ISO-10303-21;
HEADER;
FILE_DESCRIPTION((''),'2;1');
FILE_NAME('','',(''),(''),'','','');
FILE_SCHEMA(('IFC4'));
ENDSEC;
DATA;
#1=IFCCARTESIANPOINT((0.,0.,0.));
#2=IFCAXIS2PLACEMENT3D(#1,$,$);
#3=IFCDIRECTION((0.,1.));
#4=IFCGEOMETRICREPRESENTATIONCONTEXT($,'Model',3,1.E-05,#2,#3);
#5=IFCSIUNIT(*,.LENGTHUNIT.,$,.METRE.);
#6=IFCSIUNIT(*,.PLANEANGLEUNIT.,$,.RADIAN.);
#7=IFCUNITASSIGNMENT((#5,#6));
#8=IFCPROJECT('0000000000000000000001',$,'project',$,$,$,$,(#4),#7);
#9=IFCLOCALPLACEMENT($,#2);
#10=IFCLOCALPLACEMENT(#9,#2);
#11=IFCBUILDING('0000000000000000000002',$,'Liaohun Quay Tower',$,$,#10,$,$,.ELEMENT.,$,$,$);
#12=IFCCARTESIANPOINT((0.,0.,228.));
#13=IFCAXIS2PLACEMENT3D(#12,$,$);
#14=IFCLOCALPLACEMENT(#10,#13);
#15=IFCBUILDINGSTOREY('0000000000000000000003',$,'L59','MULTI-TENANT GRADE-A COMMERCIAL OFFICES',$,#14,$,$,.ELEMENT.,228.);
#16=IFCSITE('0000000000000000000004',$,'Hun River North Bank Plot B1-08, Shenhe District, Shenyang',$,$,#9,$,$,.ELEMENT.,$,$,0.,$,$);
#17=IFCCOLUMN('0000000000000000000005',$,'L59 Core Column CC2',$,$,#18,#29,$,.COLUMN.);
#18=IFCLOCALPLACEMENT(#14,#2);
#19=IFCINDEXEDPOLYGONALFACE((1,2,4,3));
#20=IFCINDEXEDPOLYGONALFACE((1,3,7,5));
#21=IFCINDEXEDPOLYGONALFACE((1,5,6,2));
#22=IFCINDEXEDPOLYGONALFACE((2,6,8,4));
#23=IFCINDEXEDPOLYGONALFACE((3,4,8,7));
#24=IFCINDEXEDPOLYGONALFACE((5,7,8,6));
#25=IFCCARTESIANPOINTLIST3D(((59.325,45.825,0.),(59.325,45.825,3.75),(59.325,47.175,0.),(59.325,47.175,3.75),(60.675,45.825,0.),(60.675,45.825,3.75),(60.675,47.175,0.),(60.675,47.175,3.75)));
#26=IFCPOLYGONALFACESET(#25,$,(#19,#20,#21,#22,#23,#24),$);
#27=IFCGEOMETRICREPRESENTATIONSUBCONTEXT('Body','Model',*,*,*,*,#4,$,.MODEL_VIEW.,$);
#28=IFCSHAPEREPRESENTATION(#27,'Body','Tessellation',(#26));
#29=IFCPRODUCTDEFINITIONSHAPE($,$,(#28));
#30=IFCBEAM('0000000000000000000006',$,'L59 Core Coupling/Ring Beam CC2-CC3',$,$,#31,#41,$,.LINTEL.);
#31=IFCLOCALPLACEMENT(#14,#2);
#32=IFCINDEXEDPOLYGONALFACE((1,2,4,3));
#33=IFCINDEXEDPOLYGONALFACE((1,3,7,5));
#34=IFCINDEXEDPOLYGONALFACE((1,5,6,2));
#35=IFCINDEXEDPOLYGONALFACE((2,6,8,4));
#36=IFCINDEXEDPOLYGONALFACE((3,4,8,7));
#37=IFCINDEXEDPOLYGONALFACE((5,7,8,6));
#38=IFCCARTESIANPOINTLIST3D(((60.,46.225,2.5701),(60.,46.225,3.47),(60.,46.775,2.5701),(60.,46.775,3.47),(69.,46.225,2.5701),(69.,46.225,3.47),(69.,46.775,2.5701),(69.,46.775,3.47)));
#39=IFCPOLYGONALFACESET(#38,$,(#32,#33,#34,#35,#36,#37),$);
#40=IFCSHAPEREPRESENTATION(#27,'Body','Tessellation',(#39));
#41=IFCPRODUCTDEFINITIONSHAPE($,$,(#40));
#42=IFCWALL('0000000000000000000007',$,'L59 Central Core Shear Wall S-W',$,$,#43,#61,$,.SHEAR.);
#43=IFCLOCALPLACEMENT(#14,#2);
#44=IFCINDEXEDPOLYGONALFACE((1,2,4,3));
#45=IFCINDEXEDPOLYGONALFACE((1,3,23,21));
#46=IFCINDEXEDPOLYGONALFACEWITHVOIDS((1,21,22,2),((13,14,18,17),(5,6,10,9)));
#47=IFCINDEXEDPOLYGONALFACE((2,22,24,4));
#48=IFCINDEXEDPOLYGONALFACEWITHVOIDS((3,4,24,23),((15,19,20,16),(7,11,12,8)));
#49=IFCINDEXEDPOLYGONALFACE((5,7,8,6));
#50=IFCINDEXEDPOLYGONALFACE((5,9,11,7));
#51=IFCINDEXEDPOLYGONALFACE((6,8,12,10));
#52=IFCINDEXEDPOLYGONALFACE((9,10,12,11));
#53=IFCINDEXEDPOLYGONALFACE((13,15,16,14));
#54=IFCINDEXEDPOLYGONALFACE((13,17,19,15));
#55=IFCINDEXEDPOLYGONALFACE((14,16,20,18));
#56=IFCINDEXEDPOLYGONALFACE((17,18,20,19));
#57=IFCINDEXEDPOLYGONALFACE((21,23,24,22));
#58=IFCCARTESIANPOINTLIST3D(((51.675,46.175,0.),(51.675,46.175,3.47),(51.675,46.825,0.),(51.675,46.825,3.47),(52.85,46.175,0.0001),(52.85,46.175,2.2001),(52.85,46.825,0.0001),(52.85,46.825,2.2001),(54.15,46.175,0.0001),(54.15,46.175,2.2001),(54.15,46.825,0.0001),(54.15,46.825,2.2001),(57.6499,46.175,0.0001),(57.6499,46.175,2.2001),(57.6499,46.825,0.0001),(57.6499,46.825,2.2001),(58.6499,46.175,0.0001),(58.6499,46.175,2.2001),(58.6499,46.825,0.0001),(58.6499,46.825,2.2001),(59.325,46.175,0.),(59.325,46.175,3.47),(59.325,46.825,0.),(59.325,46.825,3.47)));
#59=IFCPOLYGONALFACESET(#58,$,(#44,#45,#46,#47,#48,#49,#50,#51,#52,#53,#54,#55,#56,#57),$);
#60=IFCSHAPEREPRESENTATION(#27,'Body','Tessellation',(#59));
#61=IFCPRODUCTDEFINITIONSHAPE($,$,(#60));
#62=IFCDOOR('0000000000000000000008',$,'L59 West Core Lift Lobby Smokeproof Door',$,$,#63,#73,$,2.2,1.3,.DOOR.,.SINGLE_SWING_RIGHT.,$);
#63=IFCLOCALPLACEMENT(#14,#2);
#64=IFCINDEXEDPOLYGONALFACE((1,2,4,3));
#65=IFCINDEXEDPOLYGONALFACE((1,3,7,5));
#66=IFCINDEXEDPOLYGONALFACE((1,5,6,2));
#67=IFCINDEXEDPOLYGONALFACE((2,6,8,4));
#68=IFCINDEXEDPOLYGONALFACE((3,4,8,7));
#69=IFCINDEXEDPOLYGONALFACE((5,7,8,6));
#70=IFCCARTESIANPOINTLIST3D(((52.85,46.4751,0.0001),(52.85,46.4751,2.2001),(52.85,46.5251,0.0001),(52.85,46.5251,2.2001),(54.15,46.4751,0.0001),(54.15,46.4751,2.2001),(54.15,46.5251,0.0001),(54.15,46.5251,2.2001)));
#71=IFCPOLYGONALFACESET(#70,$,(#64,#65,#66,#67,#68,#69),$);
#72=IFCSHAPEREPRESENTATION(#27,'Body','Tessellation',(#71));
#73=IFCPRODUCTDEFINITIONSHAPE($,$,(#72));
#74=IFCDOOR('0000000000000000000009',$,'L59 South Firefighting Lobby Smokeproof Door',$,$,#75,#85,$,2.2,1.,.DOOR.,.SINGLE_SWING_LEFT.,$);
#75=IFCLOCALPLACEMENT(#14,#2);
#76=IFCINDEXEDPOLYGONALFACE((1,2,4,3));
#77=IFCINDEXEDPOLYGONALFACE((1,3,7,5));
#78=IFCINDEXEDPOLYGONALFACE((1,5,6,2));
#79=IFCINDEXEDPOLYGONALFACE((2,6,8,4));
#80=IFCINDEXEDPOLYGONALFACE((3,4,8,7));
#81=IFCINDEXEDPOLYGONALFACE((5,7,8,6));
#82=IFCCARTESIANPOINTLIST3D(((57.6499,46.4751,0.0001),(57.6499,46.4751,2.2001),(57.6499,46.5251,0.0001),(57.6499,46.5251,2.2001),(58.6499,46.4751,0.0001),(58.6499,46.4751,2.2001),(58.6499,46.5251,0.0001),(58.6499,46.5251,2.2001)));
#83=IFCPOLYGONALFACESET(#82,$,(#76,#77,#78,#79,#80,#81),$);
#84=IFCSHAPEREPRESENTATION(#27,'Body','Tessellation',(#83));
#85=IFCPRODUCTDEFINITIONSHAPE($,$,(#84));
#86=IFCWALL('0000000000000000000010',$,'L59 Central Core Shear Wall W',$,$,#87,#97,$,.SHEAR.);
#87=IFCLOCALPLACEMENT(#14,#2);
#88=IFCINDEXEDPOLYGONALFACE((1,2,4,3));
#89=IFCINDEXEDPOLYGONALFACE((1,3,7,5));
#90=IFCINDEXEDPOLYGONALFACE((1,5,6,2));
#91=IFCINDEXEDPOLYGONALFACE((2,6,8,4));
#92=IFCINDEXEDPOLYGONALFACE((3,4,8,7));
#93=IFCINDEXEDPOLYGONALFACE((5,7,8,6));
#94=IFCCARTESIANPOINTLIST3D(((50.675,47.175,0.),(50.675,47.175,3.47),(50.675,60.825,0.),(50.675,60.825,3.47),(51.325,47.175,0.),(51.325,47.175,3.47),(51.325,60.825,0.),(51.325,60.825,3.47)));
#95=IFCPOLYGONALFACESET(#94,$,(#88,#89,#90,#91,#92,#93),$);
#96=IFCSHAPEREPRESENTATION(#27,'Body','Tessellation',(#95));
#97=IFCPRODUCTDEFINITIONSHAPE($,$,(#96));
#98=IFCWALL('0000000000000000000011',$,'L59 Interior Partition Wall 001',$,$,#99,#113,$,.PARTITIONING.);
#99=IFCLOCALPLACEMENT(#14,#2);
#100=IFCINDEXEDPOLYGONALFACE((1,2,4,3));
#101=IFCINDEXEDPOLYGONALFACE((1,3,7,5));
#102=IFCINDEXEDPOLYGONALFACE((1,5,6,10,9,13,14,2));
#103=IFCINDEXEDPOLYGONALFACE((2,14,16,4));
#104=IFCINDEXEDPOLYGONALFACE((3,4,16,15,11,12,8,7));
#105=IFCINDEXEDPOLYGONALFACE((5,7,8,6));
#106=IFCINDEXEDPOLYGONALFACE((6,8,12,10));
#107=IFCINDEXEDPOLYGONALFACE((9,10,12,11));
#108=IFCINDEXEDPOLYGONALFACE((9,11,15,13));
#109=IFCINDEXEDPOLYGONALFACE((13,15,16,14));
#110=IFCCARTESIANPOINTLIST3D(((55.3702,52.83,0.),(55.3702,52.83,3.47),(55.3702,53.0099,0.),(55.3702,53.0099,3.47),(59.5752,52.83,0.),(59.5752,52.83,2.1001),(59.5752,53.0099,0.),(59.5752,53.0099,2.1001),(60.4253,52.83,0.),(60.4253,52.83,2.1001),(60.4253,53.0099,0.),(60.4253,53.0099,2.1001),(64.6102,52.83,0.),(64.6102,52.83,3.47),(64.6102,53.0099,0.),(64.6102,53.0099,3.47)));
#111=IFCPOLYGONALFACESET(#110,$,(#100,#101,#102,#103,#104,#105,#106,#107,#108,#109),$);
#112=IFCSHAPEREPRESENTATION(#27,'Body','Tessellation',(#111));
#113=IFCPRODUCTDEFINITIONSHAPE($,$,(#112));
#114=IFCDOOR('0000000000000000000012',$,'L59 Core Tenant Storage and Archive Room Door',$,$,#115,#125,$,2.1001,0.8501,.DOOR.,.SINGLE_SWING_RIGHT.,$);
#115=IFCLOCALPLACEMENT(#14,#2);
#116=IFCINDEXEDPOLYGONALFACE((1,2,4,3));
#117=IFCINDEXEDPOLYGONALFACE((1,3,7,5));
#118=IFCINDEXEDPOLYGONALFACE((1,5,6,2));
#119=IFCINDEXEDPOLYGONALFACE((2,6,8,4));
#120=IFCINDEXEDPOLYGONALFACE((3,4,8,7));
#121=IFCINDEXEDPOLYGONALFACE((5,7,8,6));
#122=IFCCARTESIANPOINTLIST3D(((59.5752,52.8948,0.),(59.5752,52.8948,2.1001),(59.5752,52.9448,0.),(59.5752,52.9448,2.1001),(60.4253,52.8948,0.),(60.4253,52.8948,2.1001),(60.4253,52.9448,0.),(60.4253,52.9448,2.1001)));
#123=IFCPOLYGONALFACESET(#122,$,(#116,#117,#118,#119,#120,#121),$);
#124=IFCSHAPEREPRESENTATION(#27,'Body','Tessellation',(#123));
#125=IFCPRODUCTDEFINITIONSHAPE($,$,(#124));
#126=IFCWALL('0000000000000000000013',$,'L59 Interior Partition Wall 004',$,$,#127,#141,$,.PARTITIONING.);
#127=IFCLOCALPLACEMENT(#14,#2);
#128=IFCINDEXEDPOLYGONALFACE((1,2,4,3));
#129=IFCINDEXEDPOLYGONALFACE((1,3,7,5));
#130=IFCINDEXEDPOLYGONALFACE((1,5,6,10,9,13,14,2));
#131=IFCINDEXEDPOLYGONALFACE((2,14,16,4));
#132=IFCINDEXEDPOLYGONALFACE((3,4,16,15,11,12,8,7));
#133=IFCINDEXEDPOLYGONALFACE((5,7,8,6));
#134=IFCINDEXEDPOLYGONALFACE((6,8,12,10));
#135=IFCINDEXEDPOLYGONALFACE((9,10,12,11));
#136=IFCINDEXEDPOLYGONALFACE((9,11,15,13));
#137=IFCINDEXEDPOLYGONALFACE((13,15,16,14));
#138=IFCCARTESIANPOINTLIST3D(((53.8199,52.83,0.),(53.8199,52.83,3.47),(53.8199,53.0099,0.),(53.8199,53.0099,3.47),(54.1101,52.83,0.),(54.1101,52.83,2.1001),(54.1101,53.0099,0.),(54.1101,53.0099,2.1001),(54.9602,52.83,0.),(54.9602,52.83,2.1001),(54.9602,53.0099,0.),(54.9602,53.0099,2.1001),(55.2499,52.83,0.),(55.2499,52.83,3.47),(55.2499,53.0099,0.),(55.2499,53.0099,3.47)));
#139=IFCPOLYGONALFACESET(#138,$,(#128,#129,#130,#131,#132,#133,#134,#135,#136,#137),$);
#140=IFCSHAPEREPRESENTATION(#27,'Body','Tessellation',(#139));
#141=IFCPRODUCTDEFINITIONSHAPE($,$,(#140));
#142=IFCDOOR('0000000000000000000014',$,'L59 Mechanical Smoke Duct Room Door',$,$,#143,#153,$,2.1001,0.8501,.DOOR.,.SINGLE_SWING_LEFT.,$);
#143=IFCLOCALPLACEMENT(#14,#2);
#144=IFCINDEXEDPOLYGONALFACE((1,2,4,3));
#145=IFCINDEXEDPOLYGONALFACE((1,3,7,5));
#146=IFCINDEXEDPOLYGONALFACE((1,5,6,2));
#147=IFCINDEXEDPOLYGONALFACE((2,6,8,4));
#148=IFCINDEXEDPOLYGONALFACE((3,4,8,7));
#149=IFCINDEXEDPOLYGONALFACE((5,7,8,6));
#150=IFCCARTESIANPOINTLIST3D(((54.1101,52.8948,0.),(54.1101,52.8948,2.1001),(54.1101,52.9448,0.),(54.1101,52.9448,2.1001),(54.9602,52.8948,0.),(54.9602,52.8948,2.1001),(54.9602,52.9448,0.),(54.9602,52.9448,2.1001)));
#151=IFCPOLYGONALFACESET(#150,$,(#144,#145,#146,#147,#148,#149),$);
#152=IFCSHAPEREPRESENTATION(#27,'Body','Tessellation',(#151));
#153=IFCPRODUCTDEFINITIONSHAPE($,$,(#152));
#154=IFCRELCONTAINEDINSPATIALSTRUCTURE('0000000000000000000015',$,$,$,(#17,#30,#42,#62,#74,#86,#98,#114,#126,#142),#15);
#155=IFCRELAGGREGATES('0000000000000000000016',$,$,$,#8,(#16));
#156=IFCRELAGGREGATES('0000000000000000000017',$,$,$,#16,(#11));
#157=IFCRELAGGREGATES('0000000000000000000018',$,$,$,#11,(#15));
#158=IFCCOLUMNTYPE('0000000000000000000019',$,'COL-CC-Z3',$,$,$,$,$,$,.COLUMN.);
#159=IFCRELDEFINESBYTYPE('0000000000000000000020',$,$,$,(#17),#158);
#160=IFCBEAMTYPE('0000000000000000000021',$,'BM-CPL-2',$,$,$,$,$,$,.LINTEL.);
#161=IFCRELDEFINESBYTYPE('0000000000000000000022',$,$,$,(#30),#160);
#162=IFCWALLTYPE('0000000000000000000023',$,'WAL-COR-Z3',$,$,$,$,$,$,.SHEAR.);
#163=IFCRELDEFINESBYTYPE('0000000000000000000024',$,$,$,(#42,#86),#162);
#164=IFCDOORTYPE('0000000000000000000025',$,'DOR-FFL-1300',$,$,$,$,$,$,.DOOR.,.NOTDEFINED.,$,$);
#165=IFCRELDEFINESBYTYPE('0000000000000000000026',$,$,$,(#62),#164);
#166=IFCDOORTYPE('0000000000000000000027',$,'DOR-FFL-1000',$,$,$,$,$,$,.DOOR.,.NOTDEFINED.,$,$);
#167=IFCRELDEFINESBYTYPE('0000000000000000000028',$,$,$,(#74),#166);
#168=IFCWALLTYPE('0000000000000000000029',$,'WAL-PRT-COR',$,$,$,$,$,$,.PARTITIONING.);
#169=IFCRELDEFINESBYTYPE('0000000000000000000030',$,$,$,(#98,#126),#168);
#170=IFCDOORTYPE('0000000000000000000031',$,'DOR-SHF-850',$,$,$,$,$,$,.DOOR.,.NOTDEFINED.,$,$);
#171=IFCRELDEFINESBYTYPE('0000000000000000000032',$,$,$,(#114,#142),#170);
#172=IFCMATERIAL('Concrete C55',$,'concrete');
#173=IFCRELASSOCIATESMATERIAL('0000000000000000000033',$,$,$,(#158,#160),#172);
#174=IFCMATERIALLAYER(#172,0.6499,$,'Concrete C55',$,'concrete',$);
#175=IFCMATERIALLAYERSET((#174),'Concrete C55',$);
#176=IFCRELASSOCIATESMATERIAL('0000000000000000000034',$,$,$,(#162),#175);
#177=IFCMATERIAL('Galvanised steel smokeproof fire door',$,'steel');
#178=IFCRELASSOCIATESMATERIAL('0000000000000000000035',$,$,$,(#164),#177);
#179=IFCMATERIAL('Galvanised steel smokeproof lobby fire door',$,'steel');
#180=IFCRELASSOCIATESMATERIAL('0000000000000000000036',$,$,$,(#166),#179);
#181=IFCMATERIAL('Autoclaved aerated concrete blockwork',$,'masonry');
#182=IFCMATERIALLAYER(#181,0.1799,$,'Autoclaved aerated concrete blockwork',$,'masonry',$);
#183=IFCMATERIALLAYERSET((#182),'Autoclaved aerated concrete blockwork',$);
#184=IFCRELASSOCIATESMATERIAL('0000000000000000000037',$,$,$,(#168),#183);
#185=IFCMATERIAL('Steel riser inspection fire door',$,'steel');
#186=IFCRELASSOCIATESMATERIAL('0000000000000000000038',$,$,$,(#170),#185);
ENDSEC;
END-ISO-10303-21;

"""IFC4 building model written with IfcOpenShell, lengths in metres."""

from ifc_helpers import new_model, si_unit, direction, frame, frame_2d, origin, origin_2d, place, context, subcontext, project, spatial, rectangle, extrude, source, transform, mapped, material, layer, layer_set, material_profile, profile_set, type_object, element, fill, save


model = new_model("IFC4")

# Units and contexts
model_context = context("Model", 3, precision=1e-05, world=origin(), true_north=direction((0.0, 1.0)))
body_context = subcontext(model_context, "Body", "Model", "MODEL_VIEW")
ifc_project = project(units=[si_unit("LENGTHUNIT", "METRE"), si_unit("PLANEANGLEUNIT", "RADIAN")], contexts=[model_context])

# Site, building, storey
site_placement = place(None, origin())
site = spatial("IfcSite", under=ifc_project, at=site_placement, Name="Hun River North Bank Plot B1-08, Shenhe District, Shenyang", CompositionType="ELEMENT", RefElevation=0.0)
building_placement = place(site_placement, origin())
building = spatial("IfcBuilding", under=site, at=building_placement, Name="Liaohun Quay Tower", CompositionType="ELEMENT")
storey_placement = place(building_placement, frame((0.0, 0.0, 228.0)))
storey = spatial("IfcBuildingStorey", under=building, at=storey_placement, Name="L59", Description="MULTI-TENANT GRADE-A COMMERCIAL OFFICES", CompositionType="ELEMENT", Elevation=228.0)

# Column
ifc_material_1 = material(Name="Concrete C55", Category="concrete")
ifc_material_profile_1 = material_profile(ifc_material_1, rectangle(XDim=1.3501, YDim=1.3501, at=origin_2d()), Name="RC1350x1350")
ifc_profile_set_1 = profile_set([ifc_material_profile_1], Name="Concrete C55")
column_type = type_object("IfcColumnType", Name="COL-CC-Z3", PredefinedType="COLUMN", material=ifc_profile_set_1)
shared_shape_1 = source(origin(), body_context, "Body", "SweptSolid", [
    extrude(rectangle(XDim=1.3501, YDim=1.3501, at=origin_2d()), origin(), (0.0, 0.0, 1.0), 3.75),
])
column_placement = place(storey_placement, frame((60.0, 46.5, 0.0), z_axis=(0.0, 0.0, 1.0), x_axis=(1.0, 0.0, 0.0)))
element("IfcColumn", 1, at=column_placement, inside=storey, type_object=column_type, Name="L59 Core Column CC2", PredefinedType="COLUMN", context=body_context, shape_type="MappedRepresentation", body=[
    mapped(shared_shape_1, transform((0.0, 0.0, 0.0), x_axis=(1.0, 0.0, 0.0), y_axis=(0.0, 1.0, 0.0), z_axis=(0.0, 0.0, 1.0), scale=1.0)),
])

# Beam
ifc_material_profile_2 = material_profile(ifc_material_1, rectangle(XDim=0.55, YDim=0.8999, at=origin_2d()), Name="RC550x900")
ifc_profile_set_2 = profile_set([ifc_material_profile_2], Name="Concrete C55")
beam_type = type_object("IfcBeamType", Name="BM-CPL-2", PredefinedType="LINTEL", material=ifc_profile_set_2)
shared_shape_2 = source(origin(), body_context, "Body", "SweptSolid", [
    extrude(rectangle(XDim=0.55, YDim=0.8999, at=origin_2d()), origin(), (0.0, 0.0, 1.0), 9.0),
])
beam_placement = place(storey_placement, frame((60.0, 46.5, 3.02), z_axis=(1.0, 0.0, 0.0), x_axis=(0.0, 1.0, 0.0)))
element("IfcBeam", 2, at=beam_placement, inside=storey, type_object=beam_type, Name="L59 Core Coupling/Ring Beam CC2-CC3", PredefinedType="LINTEL", context=body_context, shape_type="MappedRepresentation", body=[
    mapped(shared_shape_2, transform((0.0, 0.0, 0.0), x_axis=(1.0, 0.0, 0.0), y_axis=(0.0, 1.0, 0.0), z_axis=(0.0, 0.0, 1.0), scale=1.0)),
])

# Wall, openings, doors
ifc_layer_1 = layer(ifc_material_1, 0.6499, Name="Concrete C55", Category="concrete")
ifc_layer_set_1 = layer_set([ifc_layer_1], Name="Concrete C55")
wall_type_1 = type_object("IfcWallType", Name="WAL-COR-Z3", PredefinedType="SHEAR", material=ifc_layer_set_1)
wall_1_placement = place(storey_placement, frame((59.325, 46.5, 0.0), z_axis=(0.0, 0.0, 1.0), x_axis=(-1.0, 0.0, 0.0)))
wall_1 = element("IfcWall", 3, at=wall_1_placement, inside=storey, type_object=wall_type_1, Name="L59 Central Core Shear Wall S-W", PredefinedType="SHEAR", context=body_context, shape_type="SweptSolid", body=[
    extrude(rectangle(XDim=7.6499, YDim=0.6499, at=frame_2d((3.825, 0.0))), origin(), (0.0, 0.0, 1.0), 3.47),
])
shared_shape_3 = source(origin(), body_context, "Body", "SweptSolid", [
    extrude(rectangle(XDim=1.3, YDim=2.2, at=frame_2d((0.6499, 1.1001))), frame((0.0, 0.335, 0.0), z_axis=(0.0, -1.0, 0.0), x_axis=(1.0, 0.0, 0.0)), (0.0, 0.0, 1.0), 0.6699),
])
opening_1_placement = place(wall_1_placement, frame((5.175, 0.0, 0.0)))
opening_1 = element("IfcOpeningElement", 4, at=opening_1_placement, cuts=wall_1, PredefinedType="OPENING", context=body_context, shape_type="MappedRepresentation", body=[
    mapped(shared_shape_3, transform((0.0, 0.0, 0.0), x_axis=(1.0, 0.0, 0.0), y_axis=(0.0, 1.0, 0.0), z_axis=(0.0, 0.0, 1.0), scale=1.0)),
])
shared_shape_4 = source(origin(), body_context, "Body", "SweptSolid", [
    extrude(rectangle(XDim=1.0, YDim=2.2, at=frame_2d((0.5, 1.1001))), frame((0.0, 0.335, 0.0), z_axis=(0.0, -1.0, 0.0), x_axis=(1.0, 0.0, 0.0)), (0.0, 0.0, 1.0), 0.6699),
])
opening_2_placement = place(wall_1_placement, frame((0.675, 0.0, 0.0)))
opening_2 = element("IfcOpeningElement", 5, at=opening_2_placement, cuts=wall_1, PredefinedType="OPENING", context=body_context, shape_type="MappedRepresentation", body=[
    mapped(shared_shape_4, transform((0.0, 0.0, 0.0), x_axis=(1.0, 0.0, 0.0), y_axis=(0.0, 1.0, 0.0), z_axis=(0.0, 0.0, 1.0), scale=1.0)),
])
ifc_material_2 = material(Name="Galvanised steel smokeproof fire door", Category="steel")
door_type_1 = type_object("IfcDoorType", Name="DOR-FFL-1300", OperationType="NOTDEFINED", PredefinedType="DOOR", material=ifc_material_2)
shared_shape_5 = source(origin(), body_context, "Body", "SweptSolid", [
    extrude(rectangle(XDim=1.3, YDim=2.2, at=frame_2d((0.6499, 1.1001))), frame((0.0, 0.0249, 0.0), z_axis=(0.0, -1.0, 0.0), x_axis=(1.0, 0.0, 0.0)), (0.0, 0.0, 1.0), 0.05),
])
door_1_placement = place(opening_1_placement, origin())
door_1 = element("IfcDoor", 6, at=door_1_placement, inside=storey, type_object=door_type_1, Name="L59 West Core Lift Lobby Smokeproof Door", OperationType="SINGLE_SWING_RIGHT", OverallHeight=2.2, OverallWidth=1.3, PredefinedType="DOOR", context=body_context, shape_type="MappedRepresentation", body=[
    mapped(shared_shape_5, transform((0.0, 0.0, 0.0), x_axis=(1.0, 0.0, 0.0), y_axis=(0.0, 1.0, 0.0), z_axis=(0.0, 0.0, 1.0), scale=1.0)),
])
fill(opening_1, door_1)
ifc_material_3 = material(Name="Galvanised steel smokeproof lobby fire door", Category="steel")
door_type_2 = type_object("IfcDoorType", Name="DOR-FFL-1000", OperationType="NOTDEFINED", PredefinedType="DOOR", material=ifc_material_3)
shared_shape_6 = source(origin(), body_context, "Body", "SweptSolid", [
    extrude(rectangle(XDim=1.0, YDim=2.2, at=frame_2d((0.5, 1.1001))), frame((0.0, 0.0249, 0.0), z_axis=(0.0, -1.0, 0.0), x_axis=(1.0, 0.0, 0.0)), (0.0, 0.0, 1.0), 0.05),
])
door_2_placement = place(opening_2_placement, origin())
door_2 = element("IfcDoor", 7, at=door_2_placement, inside=storey, type_object=door_type_2, Name="L59 South Firefighting Lobby Smokeproof Door", OperationType="SINGLE_SWING_LEFT", OverallHeight=2.2, OverallWidth=1.0, PredefinedType="DOOR", context=body_context, shape_type="MappedRepresentation", body=[
    mapped(shared_shape_6, transform((0.0, 0.0, 0.0), x_axis=(1.0, 0.0, 0.0), y_axis=(0.0, 1.0, 0.0), z_axis=(0.0, 0.0, 1.0), scale=1.0)),
])
fill(opening_2, door_2)

# Wall
wall_2_placement = place(storey_placement, frame((51.0, 47.175, 0.0), z_axis=(0.0, 0.0, 1.0), x_axis=(0.0, 1.0, 0.0)))
element("IfcWall", 8, at=wall_2_placement, inside=storey, type_object=wall_type_1, Name="L59 Central Core Shear Wall W", PredefinedType="SHEAR", context=body_context, shape_type="SweptSolid", body=[
    extrude(rectangle(XDim=13.6499, YDim=0.6499, at=frame_2d((6.825, 0.0))), origin(), (0.0, 0.0, 1.0), 3.47),
])

# Walls, openings, doors
ifc_material_4 = material(Name="Autoclaved aerated concrete blockwork", Category="masonry")
ifc_layer_2 = layer(ifc_material_4, 0.1799, Name="Autoclaved aerated concrete blockwork", Category="masonry")
ifc_layer_set_2 = layer_set([ifc_layer_2], Name="Autoclaved aerated concrete blockwork")
wall_type_2 = type_object("IfcWallType", Name="WAL-PRT-COR", PredefinedType="PARTITIONING", material=ifc_layer_set_2)
wall_3_placement = place(storey_placement, frame((55.3701, 52.9199, 0.0), z_axis=(0.0, 0.0, 1.0), x_axis=(1.0, 0.0, 0.0)))
wall_3 = element("IfcWall", 9, at=wall_3_placement, inside=storey, type_object=wall_type_2, Name="L59 Interior Partition Wall 001", PredefinedType="PARTITIONING", context=body_context, shape_type="SweptSolid", body=[
    extrude(rectangle(XDim=9.24, YDim=0.1799, at=frame_2d((4.6201, 0.0))), origin(), (0.0, 0.0, 1.0), 3.47),
])
shared_shape_7 = source(origin(), body_context, "Body", "SweptSolid", [
    extrude(rectangle(XDim=0.8501, YDim=2.1001, at=frame_2d((0.425, 1.05))), frame((0.0, 0.0999, 0.0), z_axis=(0.0, -1.0, 0.0), x_axis=(1.0, 0.0, 0.0)), (0.0, 0.0, 1.0), 0.2),
])
opening_3_placement = place(wall_3_placement, frame((4.2051, 0.0, 0.0)))
opening_3 = element("IfcOpeningElement", 10, at=opening_3_placement, cuts=wall_3, PredefinedType="OPENING", context=body_context, shape_type="MappedRepresentation", body=[
    mapped(shared_shape_7, transform((0.0, 0.0, 0.0), x_axis=(1.0, 0.0, 0.0), y_axis=(0.0, 1.0, 0.0), z_axis=(0.0, 0.0, 1.0), scale=1.0)),
])
ifc_material_5 = material(Name="Steel riser inspection fire door", Category="steel")
door_type_3 = type_object("IfcDoorType", Name="DOR-SHF-850", OperationType="NOTDEFINED", PredefinedType="DOOR", material=ifc_material_5)
shared_shape_8 = source(origin(), body_context, "Body", "SweptSolid", [
    extrude(rectangle(XDim=0.8501, YDim=2.1001, at=frame_2d((0.425, 1.05))), frame((0.0, 0.0249, 0.0), z_axis=(0.0, -1.0, 0.0), x_axis=(1.0, 0.0, 0.0)), (0.0, 0.0, 1.0), 0.05),
])
door_3_placement = place(opening_3_placement, origin())
door_3 = element("IfcDoor", 11, at=door_3_placement, inside=storey, type_object=door_type_3, Name="L59 Core Tenant Storage and Archive Room Door", OperationType="SINGLE_SWING_RIGHT", OverallHeight=2.1001, OverallWidth=0.8501, PredefinedType="DOOR", context=body_context, shape_type="MappedRepresentation", body=[
    mapped(shared_shape_8, transform((0.0, 0.0, 0.0), x_axis=(1.0, 0.0, 0.0), y_axis=(0.0, 1.0, 0.0), z_axis=(0.0, 0.0, 1.0), scale=1.0)),
])
fill(opening_3, door_3)
wall_4_placement = place(storey_placement, frame((53.8201, 52.9199, 0.0), z_axis=(0.0, 0.0, 1.0), x_axis=(1.0, 0.0, 0.0)))
wall_4 = element("IfcWall", 12, at=wall_4_placement, inside=storey, type_object=wall_type_2, Name="L59 Interior Partition Wall 004", PredefinedType="PARTITIONING", context=body_context, shape_type="SweptSolid", body=[
    extrude(rectangle(XDim=1.4299, YDim=0.1799, at=frame_2d((0.7148, 0.0))), origin(), (0.0, 0.0, 1.0), 3.47),
])
opening_4_placement = place(wall_4_placement, frame((0.29, 0.0, 0.0)))
opening_4 = element("IfcOpeningElement", 13, at=opening_4_placement, cuts=wall_4, PredefinedType="OPENING", context=body_context, shape_type="MappedRepresentation", body=[
    mapped(shared_shape_7, transform((0.0, 0.0, 0.0), x_axis=(1.0, 0.0, 0.0), y_axis=(0.0, 1.0, 0.0), z_axis=(0.0, 0.0, 1.0), scale=1.0)),
])
door_4_placement = place(opening_4_placement, origin())
door_4 = element("IfcDoor", 14, at=door_4_placement, inside=storey, type_object=door_type_3, Name="L59 Mechanical Smoke Duct Room Door", OperationType="SINGLE_SWING_LEFT", OverallHeight=2.1001, OverallWidth=0.8501, PredefinedType="DOOR", context=body_context, shape_type="MappedRepresentation", body=[
    mapped(shared_shape_8, transform((0.0, 0.0, 0.0), x_axis=(1.0, 0.0, 0.0), y_axis=(0.0, 1.0, 0.0), z_axis=(0.0, 0.0, 1.0), scale=1.0)),
])
fill(opening_4, door_4)

save(model, "model.ifc")
